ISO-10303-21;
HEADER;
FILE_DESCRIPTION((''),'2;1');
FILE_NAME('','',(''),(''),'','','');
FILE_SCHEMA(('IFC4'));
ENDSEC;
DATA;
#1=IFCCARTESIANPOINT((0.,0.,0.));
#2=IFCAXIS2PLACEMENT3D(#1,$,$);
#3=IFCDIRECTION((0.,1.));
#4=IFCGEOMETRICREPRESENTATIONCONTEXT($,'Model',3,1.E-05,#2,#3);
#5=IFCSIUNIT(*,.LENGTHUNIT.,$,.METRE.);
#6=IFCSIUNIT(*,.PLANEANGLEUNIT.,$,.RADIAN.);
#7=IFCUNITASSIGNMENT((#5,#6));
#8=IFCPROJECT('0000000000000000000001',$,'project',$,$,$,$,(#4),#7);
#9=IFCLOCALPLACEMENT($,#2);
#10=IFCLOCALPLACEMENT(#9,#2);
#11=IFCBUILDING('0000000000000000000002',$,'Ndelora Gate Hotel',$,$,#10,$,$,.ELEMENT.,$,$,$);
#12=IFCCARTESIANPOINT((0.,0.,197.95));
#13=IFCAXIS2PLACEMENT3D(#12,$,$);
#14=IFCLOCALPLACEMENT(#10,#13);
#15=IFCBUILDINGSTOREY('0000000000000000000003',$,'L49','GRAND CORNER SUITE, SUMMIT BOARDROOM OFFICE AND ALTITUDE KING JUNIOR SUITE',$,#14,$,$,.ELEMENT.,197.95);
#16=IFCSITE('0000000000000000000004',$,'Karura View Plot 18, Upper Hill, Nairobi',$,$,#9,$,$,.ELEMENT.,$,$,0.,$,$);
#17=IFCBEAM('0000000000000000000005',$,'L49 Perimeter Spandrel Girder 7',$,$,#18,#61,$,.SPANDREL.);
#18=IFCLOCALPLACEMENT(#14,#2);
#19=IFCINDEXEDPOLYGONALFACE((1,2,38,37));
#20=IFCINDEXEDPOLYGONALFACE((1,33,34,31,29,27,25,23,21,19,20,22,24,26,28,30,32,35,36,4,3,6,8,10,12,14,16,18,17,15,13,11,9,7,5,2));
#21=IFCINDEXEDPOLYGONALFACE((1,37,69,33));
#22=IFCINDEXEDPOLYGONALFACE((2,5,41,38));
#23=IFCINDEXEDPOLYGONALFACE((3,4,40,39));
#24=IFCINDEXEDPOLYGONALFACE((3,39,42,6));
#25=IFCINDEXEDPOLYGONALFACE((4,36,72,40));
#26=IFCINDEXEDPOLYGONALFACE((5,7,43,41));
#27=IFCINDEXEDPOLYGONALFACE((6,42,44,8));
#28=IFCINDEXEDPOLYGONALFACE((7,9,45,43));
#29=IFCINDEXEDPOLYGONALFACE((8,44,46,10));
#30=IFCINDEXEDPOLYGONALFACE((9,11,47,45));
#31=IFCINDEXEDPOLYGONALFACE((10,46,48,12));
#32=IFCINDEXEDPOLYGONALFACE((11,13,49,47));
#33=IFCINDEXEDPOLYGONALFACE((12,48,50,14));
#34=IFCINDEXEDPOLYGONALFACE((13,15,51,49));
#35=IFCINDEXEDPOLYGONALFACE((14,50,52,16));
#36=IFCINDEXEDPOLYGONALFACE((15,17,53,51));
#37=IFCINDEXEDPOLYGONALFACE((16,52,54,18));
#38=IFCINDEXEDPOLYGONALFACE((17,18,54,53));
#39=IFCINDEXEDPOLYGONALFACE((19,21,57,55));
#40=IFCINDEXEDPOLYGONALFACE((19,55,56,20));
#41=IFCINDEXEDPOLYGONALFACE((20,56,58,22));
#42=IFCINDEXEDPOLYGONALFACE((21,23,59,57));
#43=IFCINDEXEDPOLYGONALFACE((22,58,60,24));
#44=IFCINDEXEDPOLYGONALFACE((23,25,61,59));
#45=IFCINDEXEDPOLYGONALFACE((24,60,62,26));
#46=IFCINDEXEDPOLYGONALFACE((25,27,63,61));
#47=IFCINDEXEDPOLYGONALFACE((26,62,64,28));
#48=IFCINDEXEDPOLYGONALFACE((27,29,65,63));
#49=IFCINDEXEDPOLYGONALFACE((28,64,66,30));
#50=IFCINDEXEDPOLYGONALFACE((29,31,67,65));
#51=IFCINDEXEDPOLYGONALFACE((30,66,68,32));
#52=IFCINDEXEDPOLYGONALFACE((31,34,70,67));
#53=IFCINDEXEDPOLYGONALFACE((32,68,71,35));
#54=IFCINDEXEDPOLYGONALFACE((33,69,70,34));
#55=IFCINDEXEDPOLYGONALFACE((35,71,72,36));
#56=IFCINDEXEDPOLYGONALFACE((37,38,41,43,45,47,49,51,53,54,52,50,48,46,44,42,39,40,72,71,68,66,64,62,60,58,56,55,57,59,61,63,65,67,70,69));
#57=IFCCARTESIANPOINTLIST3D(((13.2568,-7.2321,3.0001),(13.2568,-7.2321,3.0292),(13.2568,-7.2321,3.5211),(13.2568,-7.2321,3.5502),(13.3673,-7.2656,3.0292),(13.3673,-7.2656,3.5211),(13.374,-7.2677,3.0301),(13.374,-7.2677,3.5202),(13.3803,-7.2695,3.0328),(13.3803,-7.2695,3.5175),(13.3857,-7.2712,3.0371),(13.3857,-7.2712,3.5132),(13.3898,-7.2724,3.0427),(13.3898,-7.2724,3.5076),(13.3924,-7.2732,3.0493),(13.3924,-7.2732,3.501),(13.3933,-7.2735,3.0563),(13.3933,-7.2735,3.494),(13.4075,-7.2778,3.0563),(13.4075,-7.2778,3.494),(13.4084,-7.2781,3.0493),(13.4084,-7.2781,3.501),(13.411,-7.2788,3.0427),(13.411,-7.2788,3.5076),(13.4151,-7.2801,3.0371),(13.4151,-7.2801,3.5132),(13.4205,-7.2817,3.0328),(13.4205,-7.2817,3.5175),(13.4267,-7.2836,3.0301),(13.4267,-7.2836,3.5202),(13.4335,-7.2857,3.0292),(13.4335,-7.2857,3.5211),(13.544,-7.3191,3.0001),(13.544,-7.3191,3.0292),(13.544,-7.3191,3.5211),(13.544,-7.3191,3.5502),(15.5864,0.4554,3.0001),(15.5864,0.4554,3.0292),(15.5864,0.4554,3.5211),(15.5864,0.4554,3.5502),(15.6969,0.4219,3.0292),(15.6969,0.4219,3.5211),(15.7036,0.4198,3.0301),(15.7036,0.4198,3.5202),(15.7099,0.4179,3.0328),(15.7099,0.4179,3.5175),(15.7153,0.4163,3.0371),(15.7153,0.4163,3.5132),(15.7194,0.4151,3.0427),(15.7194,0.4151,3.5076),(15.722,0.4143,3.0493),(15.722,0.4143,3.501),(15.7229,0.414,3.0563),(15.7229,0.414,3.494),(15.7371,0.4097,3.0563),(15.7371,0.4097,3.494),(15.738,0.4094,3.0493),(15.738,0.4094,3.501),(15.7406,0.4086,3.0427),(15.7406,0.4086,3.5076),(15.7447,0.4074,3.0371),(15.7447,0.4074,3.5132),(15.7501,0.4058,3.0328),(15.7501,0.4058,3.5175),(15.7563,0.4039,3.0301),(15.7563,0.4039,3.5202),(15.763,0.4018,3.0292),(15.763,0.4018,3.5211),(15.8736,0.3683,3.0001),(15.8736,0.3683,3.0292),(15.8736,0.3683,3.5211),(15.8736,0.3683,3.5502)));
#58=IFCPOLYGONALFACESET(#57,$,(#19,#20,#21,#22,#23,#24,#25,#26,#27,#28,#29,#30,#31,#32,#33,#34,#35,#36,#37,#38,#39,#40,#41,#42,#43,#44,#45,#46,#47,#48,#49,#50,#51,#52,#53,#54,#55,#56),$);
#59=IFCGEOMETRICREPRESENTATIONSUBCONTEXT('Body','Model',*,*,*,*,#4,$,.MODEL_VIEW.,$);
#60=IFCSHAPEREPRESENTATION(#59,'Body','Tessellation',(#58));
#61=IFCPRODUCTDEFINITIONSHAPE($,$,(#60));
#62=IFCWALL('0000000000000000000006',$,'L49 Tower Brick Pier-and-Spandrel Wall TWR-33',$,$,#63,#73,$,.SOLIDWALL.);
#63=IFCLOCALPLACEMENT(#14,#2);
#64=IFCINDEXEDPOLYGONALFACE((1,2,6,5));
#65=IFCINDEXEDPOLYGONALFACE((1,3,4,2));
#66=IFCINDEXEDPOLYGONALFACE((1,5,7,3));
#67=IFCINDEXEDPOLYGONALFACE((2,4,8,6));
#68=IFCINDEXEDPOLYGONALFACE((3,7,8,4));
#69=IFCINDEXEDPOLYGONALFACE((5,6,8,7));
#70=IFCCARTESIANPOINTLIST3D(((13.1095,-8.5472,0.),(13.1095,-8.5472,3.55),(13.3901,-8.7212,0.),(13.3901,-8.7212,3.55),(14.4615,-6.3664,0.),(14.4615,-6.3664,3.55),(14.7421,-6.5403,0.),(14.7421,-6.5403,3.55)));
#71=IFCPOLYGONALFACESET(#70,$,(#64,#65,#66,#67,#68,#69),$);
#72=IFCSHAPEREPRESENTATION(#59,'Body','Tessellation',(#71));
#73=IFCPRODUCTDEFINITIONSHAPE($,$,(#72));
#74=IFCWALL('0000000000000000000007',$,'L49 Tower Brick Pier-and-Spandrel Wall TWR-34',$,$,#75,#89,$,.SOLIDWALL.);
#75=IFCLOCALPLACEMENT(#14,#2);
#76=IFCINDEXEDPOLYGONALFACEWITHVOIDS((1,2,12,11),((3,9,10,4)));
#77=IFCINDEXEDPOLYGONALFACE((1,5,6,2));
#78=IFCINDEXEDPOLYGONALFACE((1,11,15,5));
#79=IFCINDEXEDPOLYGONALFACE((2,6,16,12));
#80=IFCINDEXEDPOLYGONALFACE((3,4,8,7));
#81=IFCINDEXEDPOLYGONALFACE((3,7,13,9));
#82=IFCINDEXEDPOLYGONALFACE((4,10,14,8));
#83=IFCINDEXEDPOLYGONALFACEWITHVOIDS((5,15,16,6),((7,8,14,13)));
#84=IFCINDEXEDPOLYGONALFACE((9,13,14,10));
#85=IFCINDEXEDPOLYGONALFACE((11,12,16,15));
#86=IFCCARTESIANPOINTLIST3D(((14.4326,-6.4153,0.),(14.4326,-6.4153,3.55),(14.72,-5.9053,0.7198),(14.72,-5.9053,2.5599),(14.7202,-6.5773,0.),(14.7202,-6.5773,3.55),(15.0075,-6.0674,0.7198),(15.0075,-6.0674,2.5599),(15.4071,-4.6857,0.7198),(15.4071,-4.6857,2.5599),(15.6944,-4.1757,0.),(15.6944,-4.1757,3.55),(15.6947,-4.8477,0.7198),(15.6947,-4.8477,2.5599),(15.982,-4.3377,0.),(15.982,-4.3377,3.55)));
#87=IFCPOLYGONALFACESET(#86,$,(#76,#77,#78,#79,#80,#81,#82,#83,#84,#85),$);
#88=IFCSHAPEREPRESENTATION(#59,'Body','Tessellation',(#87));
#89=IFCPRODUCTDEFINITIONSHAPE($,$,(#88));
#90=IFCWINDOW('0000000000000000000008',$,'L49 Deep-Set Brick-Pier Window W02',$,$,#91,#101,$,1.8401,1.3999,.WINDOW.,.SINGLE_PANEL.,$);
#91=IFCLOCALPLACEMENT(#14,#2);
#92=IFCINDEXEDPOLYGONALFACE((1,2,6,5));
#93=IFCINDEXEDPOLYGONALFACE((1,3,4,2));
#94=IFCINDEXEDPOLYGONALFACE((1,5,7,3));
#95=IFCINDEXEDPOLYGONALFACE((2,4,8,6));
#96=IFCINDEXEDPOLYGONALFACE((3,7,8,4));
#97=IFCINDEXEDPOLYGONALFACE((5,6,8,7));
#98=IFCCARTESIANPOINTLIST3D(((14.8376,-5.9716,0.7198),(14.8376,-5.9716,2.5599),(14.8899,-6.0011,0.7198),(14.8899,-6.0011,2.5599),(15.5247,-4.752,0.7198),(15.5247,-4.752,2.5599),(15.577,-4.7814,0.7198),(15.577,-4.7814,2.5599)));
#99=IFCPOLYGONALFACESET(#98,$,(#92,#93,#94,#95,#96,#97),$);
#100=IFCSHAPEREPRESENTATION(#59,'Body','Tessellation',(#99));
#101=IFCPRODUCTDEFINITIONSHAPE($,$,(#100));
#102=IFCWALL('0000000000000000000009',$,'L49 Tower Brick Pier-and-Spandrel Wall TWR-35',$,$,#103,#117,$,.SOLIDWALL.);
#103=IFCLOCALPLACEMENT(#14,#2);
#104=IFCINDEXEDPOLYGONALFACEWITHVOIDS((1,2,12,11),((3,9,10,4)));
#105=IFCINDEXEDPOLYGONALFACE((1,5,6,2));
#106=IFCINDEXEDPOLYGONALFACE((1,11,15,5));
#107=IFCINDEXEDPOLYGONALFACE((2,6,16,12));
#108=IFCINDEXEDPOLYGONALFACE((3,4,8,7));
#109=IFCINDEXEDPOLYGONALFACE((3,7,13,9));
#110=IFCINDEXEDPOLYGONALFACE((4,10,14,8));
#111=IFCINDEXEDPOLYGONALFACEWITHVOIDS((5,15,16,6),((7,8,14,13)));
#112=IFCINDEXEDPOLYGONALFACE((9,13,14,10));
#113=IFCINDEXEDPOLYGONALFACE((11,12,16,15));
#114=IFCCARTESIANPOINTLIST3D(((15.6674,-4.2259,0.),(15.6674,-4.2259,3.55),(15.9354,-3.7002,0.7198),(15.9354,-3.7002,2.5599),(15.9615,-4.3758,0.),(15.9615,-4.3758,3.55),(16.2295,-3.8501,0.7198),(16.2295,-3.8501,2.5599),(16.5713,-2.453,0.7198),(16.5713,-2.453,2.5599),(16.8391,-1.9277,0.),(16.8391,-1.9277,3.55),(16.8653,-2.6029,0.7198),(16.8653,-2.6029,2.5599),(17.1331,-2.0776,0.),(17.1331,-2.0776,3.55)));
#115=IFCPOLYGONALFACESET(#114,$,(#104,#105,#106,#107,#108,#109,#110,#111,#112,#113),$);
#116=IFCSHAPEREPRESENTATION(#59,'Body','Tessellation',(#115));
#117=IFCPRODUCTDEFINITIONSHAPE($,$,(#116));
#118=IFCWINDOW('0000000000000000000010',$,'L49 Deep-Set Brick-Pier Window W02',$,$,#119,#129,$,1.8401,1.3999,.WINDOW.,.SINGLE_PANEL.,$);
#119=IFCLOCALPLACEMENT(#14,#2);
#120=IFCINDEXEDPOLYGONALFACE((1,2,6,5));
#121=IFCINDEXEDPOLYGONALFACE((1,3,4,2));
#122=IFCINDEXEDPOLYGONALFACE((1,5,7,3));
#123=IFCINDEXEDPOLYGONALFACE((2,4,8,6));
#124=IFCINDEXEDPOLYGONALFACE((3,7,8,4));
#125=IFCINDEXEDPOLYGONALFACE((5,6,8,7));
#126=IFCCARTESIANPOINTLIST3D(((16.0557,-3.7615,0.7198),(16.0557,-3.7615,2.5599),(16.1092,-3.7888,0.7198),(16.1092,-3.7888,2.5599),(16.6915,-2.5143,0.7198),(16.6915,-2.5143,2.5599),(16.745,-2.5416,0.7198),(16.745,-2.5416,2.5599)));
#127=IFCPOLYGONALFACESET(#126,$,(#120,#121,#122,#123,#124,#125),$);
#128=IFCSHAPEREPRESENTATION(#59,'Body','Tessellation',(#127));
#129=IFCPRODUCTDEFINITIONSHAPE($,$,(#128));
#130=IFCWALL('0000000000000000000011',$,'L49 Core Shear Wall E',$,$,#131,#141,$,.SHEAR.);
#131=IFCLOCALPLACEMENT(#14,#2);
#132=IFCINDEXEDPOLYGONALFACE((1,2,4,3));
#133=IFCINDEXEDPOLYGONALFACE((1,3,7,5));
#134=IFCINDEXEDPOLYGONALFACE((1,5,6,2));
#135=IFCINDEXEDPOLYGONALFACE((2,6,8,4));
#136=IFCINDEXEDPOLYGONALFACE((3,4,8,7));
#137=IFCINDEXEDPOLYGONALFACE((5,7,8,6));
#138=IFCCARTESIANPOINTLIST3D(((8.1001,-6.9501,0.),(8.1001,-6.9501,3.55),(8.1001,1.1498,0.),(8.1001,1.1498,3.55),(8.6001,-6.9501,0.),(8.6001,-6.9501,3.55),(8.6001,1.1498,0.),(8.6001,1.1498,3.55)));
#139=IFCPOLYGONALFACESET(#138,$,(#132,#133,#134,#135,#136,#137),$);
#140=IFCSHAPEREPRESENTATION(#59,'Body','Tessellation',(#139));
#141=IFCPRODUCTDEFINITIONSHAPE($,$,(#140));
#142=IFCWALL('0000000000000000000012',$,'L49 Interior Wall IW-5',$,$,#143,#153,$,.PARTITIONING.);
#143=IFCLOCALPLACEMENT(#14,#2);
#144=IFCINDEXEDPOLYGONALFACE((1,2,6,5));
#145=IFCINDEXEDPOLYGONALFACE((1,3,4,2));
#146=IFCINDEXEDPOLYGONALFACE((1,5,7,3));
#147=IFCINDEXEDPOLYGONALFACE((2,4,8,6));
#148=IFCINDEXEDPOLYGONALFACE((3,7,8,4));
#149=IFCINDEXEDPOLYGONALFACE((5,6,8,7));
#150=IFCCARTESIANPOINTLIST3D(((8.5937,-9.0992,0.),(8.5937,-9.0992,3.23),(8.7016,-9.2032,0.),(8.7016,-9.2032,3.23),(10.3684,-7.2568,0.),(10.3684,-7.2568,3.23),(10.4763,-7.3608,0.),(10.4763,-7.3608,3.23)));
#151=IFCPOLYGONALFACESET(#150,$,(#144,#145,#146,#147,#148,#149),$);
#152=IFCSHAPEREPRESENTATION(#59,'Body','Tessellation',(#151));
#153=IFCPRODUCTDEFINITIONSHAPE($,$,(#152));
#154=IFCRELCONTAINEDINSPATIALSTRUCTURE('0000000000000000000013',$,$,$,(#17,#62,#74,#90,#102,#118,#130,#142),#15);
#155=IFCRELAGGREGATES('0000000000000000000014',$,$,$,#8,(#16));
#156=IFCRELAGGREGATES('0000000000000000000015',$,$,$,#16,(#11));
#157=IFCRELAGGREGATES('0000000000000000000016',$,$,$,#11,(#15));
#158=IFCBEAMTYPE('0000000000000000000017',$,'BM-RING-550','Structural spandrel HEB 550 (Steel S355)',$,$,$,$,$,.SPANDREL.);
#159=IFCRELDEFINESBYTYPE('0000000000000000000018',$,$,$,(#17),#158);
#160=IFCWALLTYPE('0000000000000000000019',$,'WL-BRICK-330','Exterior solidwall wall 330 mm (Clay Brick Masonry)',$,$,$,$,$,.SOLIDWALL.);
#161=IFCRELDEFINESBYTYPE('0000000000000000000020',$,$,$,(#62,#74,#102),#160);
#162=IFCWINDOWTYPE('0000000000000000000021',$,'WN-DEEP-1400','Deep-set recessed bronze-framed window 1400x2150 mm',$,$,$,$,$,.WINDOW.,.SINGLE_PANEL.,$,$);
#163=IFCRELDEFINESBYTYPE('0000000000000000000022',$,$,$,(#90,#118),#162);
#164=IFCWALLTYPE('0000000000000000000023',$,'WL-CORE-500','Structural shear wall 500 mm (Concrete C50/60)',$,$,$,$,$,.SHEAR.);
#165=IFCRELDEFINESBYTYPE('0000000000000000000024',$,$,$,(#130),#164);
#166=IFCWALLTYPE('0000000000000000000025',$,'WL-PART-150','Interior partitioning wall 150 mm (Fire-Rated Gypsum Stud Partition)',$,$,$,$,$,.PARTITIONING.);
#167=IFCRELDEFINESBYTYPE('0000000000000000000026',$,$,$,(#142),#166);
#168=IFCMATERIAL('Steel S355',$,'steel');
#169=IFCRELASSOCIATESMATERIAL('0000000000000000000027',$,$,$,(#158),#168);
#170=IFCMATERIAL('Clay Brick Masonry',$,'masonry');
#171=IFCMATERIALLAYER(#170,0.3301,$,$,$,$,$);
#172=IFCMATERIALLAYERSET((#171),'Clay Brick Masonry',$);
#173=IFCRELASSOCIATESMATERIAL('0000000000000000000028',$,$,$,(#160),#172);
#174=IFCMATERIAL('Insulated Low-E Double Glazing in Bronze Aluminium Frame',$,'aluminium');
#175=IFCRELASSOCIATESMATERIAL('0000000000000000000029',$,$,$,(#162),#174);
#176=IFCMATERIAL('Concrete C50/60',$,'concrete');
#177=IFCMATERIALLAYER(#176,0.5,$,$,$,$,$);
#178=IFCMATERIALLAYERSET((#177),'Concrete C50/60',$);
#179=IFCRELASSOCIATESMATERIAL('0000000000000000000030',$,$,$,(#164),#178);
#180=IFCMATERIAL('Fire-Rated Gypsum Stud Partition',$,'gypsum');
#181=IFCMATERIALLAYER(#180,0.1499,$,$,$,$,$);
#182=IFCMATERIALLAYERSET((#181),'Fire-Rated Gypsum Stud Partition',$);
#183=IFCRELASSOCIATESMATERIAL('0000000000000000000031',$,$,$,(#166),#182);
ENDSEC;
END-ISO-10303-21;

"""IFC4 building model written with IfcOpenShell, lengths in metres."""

from ifc_helpers import new_model, si_unit, direction, frame, frame_2d, origin, origin_2d, place, context, subcontext, project, spatial, rectangle, i_section, extrude, material, layer, layer_set, material_profile, profile_set, type_object, element, fill, save


model = new_model("IFC4")

# Units and contexts
model_context = context("Model", 3, precision=1e-05, world=origin(), true_north=direction((0.0, 1.0)))
body_context = subcontext(model_context, "Body", "Model", "MODEL_VIEW")
ifc_project = project(units=[si_unit("LENGTHUNIT", "METRE"), si_unit("PLANEANGLEUNIT", "RADIAN")], contexts=[model_context])

# Site, building, storey
site_placement = place(None, origin())
site = spatial("IfcSite", under=ifc_project, at=site_placement, Name="Karura View Plot 18, Upper Hill, Nairobi", CompositionType="ELEMENT", RefElevation=0.0)
building_placement = place(site_placement, origin())
building = spatial("IfcBuilding", under=site, at=building_placement, Name="Ndelora Gate Hotel", CompositionType="ELEMENT")
storey_placement = place(building_placement, frame((0.0, 0.0, 197.95)))
storey = spatial("IfcBuildingStorey", under=building, at=storey_placement, Name="L49", Description="GRAND CORNER SUITE, SUMMIT BOARDROOM OFFICE AND ALTITUDE KING JUNIOR SUITE", CompositionType="ELEMENT", Elevation=197.95)

# Shared definitions
ifc_material_1 = material(Name="Concrete C50/60", Category="concrete")

# Beam
ifc_material_2 = material(Name="Steel S355", Category="steel")
ifc_material_profile_1 = material_profile(ifc_material_2, i_section(OverallWidth=0.3, OverallDepth=0.55, WebThickness=0.0149, FlangeThickness=0.0291, FilletRadius=0.0271, at=origin_2d()), Name="HEB 550")
ifc_profile_set_1 = profile_set([ifc_material_profile_1], Name="Steel S355")
beam_type_1 = type_object("IfcBeamType", Name="BM-RING-550", Description="Structural spandrel HEB 550 (Steel S355)", PredefinedType="SPANDREL", material=ifc_profile_set_1)
beam_1_placement = place(storey_placement, frame((13.4004, -7.2756, 3.2751), z_axis=(0.290012, 0.957023, 0.0), x_axis=(-0.957023, 0.290012, 0.0)))
element("IfcBeam", 1, at=beam_1_placement, inside=storey, type_object=beam_type_1, Name="L49 Perimeter Spandrel Girder 7", PredefinedType="SPANDREL", context=body_context, shape_type="SweptSolid", body=[
    extrude(i_section(OverallWidth=0.3, OverallDepth=0.55, WebThickness=0.0149, FlangeThickness=0.0291, FilletRadius=0.0271, at=origin_2d()), origin(), (0.0, 0.0, 1.0), 8.0327),
])

# Wall
ifc_material_3 = material(Name="Clay Brick Masonry", Category="masonry")
ifc_layer_1 = layer(ifc_material_3, 0.3301)
ifc_layer_set_1 = layer_set([ifc_layer_1], Name="Clay Brick Masonry")
wall_type_1 = type_object("IfcWallType", Name="WL-BRICK-330", Description="Exterior solidwall wall 330 mm (Clay Brick Masonry)", PredefinedType="SOLIDWALL", material=ifc_layer_set_1)
wall_1_placement = place(storey_placement, frame((14.6018, -6.4534, 0.0), z_axis=(0.0, 0.0, 1.0), x_axis=(-0.526908, -0.849922, 0.0)))
element("IfcWall", 2, at=wall_1_placement, inside=storey, type_object=wall_type_1, Name="L49 Tower Brick Pier-and-Spandrel Wall TWR-33", PredefinedType="SOLIDWALL", context=body_context, shape_type="SweptSolid", body=[
    extrude(rectangle(XDim=2.5659, YDim=0.3301, at=frame_2d((1.283, 0.0))), origin(), (0.0, 0.0, 1.0), 3.55),
])

# Walls, openings, windows
wall_2_placement = place(storey_placement, frame((15.8381, -4.2568, 0.0), z_axis=(0.0, 0.0, 1.0), x_axis=(-0.490852, -0.871243, 0.0)))
wall_2 = element("IfcWall", 3, at=wall_2_placement, inside=storey, type_object=wall_type_1, Name="L49 Tower Brick Pier-and-Spandrel Wall TWR-34", PredefinedType="SOLIDWALL", context=body_context, shape_type="SweptSolid", body=[
    extrude(rectangle(XDim=2.5706, YDim=0.3301, at=frame_2d((1.2852, 0.0))), origin(), (0.0, 0.0, 1.0), 3.55),
])
opening_1_placement = place(wall_2_placement, frame((0.5852, 0.0, 0.72)))
opening_1 = element("IfcOpeningElement", 4, at=opening_1_placement, cuts=wall_2, PredefinedType="OPENING", context=body_context, shape_type="SweptSolid", body=[
    extrude(rectangle(XDim=1.3999, YDim=1.8401, at=frame_2d((0.7, 0.9199))), frame((0.0, 0.175, 0.0), z_axis=(0.0, -1.0, 0.0), x_axis=(1.0, 0.0, 0.0)), (0.0, 0.0, 1.0), 0.3501),
])
ifc_material_4 = material(Name="Insulated Low-E Double Glazing in Bronze Aluminium Frame", Category="aluminium")
window_type = type_object("IfcWindowType", Name="WN-DEEP-1400", Description="Deep-set recessed bronze-framed window 1400x2150 mm", PartitioningType="SINGLE_PANEL", PredefinedType="WINDOW", material=ifc_material_4)
window_1_placement = place(opening_1_placement, origin())
window_1 = element("IfcWindow", 5, at=window_1_placement, inside=storey, type_object=window_type, Name="L49 Deep-Set Brick-Pier Window W02", OverallHeight=1.8401, OverallWidth=1.3999, PartitioningType="SINGLE_PANEL", PredefinedType="WINDOW", context=body_context, shape_type="SweptSolid", body=[
    extrude(rectangle(XDim=1.3999, YDim=1.8401, at=frame_2d((0.7, 0.9199))), frame((0.0, 0.03, 0.0), z_axis=(0.0, -1.0, 0.0), x_axis=(1.0, 0.0, 0.0)), (0.0, 0.0, 1.0), 0.0601),
])
fill(opening_1, window_1)
wall_3_placement = place(storey_placement, frame((16.9861, -2.0027, 0.0), z_axis=(0.0, 0.0, 1.0), x_axis=(-0.454204, -0.890898, 0.0)))
wall_3 = element("IfcWall", 6, at=wall_3_placement, inside=storey, type_object=wall_type_1, Name="L49 Tower Brick Pier-and-Spandrel Wall TWR-35", PredefinedType="SOLIDWALL", context=body_context, shape_type="SweptSolid", body=[
    extrude(rectangle(XDim=2.5796, YDim=0.3301, at=frame_2d((1.2898, 0.0))), origin(), (0.0, 0.0, 1.0), 3.55),
])
opening_2_placement = place(wall_3_placement, frame((0.5896, 0.0, 0.72)))
opening_2 = element("IfcOpeningElement", 7, at=opening_2_placement, cuts=wall_3, PredefinedType="OPENING", context=body_context, shape_type="SweptSolid", body=[
    extrude(rectangle(XDim=1.3999, YDim=1.8401, at=frame_2d((0.7, 0.9199))), frame((0.0, 0.175, 0.0), z_axis=(0.0, -1.0, 0.0), x_axis=(1.0, 0.0, 0.0)), (0.0, 0.0, 1.0), 0.3501),
])
window_2_placement = place(opening_2_placement, origin())
window_2 = element("IfcWindow", 8, at=window_2_placement, inside=storey, type_object=window_type, Name="L49 Deep-Set Brick-Pier Window W02", OverallHeight=1.8401, OverallWidth=1.3999, PartitioningType="SINGLE_PANEL", PredefinedType="WINDOW", context=body_context, shape_type="SweptSolid", body=[
    extrude(rectangle(XDim=1.3999, YDim=1.8401, at=frame_2d((0.7, 0.9199))), frame((0.0, 0.03, 0.0), z_axis=(0.0, -1.0, 0.0), x_axis=(1.0, 0.0, 0.0)), (0.0, 0.0, 1.0), 0.0601),
])
fill(opening_2, window_2)

# Walls
ifc_layer_2 = layer(ifc_material_1, 0.5)
ifc_layer_set_2 = layer_set([ifc_layer_2], Name="Concrete C50/60")
wall_type_2 = type_object("IfcWallType", Name="WL-CORE-500", Description="Structural shear wall 500 mm (Concrete C50/60)", PredefinedType="SHEAR", material=ifc_layer_set_2)
wall_4_placement = place(storey_placement, frame((8.3501, -6.95, 0.0), z_axis=(0.0, 0.0, 1.0), x_axis=(0.0, 1.0, 0.0)))
element("IfcWall", 9, at=wall_4_placement, inside=storey, type_object=wall_type_2, Name="L49 Core Shear Wall E", PredefinedType="SHEAR", context=body_context, shape_type="SweptSolid", body=[
    extrude(rectangle(XDim=8.0999, YDim=0.5, at=frame_2d((4.0498, 0.0))), origin(), (0.0, 0.0, 1.0), 3.55),
])
ifc_material_5 = material(Name="Fire-Rated Gypsum Stud Partition", Category="gypsum")
ifc_layer_3 = layer(ifc_material_5, 0.1499)
ifc_layer_set_3 = layer_set([ifc_layer_3], Name="Fire-Rated Gypsum Stud Partition")
wall_type_3 = type_object("IfcWallType", Name="WL-PART-150", Description="Interior partitioning wall 150 mm (Fire-Rated Gypsum Stud Partition)", PredefinedType="PARTITIONING", material=ifc_layer_set_3)
wall_5_placement = place(storey_placement, frame((10.4224, -7.3088, 0.0), z_axis=(0.0, 0.0, 1.0), x_axis=(-0.693765, -0.720202, 0.0)))
element("IfcWall", 10, at=wall_5_placement, inside=storey, type_object=wall_type_3, Name="L49 Interior Wall IW-5", PredefinedType="PARTITIONING", context=body_context, shape_type="SweptSolid", body=[
    extrude(rectangle(XDim=2.5581, YDim=0.1499, at=frame_2d((1.2791, 0.0))), origin(), (0.0, 0.0, 1.0), 3.23),
])

save(model, "model.ifc")
